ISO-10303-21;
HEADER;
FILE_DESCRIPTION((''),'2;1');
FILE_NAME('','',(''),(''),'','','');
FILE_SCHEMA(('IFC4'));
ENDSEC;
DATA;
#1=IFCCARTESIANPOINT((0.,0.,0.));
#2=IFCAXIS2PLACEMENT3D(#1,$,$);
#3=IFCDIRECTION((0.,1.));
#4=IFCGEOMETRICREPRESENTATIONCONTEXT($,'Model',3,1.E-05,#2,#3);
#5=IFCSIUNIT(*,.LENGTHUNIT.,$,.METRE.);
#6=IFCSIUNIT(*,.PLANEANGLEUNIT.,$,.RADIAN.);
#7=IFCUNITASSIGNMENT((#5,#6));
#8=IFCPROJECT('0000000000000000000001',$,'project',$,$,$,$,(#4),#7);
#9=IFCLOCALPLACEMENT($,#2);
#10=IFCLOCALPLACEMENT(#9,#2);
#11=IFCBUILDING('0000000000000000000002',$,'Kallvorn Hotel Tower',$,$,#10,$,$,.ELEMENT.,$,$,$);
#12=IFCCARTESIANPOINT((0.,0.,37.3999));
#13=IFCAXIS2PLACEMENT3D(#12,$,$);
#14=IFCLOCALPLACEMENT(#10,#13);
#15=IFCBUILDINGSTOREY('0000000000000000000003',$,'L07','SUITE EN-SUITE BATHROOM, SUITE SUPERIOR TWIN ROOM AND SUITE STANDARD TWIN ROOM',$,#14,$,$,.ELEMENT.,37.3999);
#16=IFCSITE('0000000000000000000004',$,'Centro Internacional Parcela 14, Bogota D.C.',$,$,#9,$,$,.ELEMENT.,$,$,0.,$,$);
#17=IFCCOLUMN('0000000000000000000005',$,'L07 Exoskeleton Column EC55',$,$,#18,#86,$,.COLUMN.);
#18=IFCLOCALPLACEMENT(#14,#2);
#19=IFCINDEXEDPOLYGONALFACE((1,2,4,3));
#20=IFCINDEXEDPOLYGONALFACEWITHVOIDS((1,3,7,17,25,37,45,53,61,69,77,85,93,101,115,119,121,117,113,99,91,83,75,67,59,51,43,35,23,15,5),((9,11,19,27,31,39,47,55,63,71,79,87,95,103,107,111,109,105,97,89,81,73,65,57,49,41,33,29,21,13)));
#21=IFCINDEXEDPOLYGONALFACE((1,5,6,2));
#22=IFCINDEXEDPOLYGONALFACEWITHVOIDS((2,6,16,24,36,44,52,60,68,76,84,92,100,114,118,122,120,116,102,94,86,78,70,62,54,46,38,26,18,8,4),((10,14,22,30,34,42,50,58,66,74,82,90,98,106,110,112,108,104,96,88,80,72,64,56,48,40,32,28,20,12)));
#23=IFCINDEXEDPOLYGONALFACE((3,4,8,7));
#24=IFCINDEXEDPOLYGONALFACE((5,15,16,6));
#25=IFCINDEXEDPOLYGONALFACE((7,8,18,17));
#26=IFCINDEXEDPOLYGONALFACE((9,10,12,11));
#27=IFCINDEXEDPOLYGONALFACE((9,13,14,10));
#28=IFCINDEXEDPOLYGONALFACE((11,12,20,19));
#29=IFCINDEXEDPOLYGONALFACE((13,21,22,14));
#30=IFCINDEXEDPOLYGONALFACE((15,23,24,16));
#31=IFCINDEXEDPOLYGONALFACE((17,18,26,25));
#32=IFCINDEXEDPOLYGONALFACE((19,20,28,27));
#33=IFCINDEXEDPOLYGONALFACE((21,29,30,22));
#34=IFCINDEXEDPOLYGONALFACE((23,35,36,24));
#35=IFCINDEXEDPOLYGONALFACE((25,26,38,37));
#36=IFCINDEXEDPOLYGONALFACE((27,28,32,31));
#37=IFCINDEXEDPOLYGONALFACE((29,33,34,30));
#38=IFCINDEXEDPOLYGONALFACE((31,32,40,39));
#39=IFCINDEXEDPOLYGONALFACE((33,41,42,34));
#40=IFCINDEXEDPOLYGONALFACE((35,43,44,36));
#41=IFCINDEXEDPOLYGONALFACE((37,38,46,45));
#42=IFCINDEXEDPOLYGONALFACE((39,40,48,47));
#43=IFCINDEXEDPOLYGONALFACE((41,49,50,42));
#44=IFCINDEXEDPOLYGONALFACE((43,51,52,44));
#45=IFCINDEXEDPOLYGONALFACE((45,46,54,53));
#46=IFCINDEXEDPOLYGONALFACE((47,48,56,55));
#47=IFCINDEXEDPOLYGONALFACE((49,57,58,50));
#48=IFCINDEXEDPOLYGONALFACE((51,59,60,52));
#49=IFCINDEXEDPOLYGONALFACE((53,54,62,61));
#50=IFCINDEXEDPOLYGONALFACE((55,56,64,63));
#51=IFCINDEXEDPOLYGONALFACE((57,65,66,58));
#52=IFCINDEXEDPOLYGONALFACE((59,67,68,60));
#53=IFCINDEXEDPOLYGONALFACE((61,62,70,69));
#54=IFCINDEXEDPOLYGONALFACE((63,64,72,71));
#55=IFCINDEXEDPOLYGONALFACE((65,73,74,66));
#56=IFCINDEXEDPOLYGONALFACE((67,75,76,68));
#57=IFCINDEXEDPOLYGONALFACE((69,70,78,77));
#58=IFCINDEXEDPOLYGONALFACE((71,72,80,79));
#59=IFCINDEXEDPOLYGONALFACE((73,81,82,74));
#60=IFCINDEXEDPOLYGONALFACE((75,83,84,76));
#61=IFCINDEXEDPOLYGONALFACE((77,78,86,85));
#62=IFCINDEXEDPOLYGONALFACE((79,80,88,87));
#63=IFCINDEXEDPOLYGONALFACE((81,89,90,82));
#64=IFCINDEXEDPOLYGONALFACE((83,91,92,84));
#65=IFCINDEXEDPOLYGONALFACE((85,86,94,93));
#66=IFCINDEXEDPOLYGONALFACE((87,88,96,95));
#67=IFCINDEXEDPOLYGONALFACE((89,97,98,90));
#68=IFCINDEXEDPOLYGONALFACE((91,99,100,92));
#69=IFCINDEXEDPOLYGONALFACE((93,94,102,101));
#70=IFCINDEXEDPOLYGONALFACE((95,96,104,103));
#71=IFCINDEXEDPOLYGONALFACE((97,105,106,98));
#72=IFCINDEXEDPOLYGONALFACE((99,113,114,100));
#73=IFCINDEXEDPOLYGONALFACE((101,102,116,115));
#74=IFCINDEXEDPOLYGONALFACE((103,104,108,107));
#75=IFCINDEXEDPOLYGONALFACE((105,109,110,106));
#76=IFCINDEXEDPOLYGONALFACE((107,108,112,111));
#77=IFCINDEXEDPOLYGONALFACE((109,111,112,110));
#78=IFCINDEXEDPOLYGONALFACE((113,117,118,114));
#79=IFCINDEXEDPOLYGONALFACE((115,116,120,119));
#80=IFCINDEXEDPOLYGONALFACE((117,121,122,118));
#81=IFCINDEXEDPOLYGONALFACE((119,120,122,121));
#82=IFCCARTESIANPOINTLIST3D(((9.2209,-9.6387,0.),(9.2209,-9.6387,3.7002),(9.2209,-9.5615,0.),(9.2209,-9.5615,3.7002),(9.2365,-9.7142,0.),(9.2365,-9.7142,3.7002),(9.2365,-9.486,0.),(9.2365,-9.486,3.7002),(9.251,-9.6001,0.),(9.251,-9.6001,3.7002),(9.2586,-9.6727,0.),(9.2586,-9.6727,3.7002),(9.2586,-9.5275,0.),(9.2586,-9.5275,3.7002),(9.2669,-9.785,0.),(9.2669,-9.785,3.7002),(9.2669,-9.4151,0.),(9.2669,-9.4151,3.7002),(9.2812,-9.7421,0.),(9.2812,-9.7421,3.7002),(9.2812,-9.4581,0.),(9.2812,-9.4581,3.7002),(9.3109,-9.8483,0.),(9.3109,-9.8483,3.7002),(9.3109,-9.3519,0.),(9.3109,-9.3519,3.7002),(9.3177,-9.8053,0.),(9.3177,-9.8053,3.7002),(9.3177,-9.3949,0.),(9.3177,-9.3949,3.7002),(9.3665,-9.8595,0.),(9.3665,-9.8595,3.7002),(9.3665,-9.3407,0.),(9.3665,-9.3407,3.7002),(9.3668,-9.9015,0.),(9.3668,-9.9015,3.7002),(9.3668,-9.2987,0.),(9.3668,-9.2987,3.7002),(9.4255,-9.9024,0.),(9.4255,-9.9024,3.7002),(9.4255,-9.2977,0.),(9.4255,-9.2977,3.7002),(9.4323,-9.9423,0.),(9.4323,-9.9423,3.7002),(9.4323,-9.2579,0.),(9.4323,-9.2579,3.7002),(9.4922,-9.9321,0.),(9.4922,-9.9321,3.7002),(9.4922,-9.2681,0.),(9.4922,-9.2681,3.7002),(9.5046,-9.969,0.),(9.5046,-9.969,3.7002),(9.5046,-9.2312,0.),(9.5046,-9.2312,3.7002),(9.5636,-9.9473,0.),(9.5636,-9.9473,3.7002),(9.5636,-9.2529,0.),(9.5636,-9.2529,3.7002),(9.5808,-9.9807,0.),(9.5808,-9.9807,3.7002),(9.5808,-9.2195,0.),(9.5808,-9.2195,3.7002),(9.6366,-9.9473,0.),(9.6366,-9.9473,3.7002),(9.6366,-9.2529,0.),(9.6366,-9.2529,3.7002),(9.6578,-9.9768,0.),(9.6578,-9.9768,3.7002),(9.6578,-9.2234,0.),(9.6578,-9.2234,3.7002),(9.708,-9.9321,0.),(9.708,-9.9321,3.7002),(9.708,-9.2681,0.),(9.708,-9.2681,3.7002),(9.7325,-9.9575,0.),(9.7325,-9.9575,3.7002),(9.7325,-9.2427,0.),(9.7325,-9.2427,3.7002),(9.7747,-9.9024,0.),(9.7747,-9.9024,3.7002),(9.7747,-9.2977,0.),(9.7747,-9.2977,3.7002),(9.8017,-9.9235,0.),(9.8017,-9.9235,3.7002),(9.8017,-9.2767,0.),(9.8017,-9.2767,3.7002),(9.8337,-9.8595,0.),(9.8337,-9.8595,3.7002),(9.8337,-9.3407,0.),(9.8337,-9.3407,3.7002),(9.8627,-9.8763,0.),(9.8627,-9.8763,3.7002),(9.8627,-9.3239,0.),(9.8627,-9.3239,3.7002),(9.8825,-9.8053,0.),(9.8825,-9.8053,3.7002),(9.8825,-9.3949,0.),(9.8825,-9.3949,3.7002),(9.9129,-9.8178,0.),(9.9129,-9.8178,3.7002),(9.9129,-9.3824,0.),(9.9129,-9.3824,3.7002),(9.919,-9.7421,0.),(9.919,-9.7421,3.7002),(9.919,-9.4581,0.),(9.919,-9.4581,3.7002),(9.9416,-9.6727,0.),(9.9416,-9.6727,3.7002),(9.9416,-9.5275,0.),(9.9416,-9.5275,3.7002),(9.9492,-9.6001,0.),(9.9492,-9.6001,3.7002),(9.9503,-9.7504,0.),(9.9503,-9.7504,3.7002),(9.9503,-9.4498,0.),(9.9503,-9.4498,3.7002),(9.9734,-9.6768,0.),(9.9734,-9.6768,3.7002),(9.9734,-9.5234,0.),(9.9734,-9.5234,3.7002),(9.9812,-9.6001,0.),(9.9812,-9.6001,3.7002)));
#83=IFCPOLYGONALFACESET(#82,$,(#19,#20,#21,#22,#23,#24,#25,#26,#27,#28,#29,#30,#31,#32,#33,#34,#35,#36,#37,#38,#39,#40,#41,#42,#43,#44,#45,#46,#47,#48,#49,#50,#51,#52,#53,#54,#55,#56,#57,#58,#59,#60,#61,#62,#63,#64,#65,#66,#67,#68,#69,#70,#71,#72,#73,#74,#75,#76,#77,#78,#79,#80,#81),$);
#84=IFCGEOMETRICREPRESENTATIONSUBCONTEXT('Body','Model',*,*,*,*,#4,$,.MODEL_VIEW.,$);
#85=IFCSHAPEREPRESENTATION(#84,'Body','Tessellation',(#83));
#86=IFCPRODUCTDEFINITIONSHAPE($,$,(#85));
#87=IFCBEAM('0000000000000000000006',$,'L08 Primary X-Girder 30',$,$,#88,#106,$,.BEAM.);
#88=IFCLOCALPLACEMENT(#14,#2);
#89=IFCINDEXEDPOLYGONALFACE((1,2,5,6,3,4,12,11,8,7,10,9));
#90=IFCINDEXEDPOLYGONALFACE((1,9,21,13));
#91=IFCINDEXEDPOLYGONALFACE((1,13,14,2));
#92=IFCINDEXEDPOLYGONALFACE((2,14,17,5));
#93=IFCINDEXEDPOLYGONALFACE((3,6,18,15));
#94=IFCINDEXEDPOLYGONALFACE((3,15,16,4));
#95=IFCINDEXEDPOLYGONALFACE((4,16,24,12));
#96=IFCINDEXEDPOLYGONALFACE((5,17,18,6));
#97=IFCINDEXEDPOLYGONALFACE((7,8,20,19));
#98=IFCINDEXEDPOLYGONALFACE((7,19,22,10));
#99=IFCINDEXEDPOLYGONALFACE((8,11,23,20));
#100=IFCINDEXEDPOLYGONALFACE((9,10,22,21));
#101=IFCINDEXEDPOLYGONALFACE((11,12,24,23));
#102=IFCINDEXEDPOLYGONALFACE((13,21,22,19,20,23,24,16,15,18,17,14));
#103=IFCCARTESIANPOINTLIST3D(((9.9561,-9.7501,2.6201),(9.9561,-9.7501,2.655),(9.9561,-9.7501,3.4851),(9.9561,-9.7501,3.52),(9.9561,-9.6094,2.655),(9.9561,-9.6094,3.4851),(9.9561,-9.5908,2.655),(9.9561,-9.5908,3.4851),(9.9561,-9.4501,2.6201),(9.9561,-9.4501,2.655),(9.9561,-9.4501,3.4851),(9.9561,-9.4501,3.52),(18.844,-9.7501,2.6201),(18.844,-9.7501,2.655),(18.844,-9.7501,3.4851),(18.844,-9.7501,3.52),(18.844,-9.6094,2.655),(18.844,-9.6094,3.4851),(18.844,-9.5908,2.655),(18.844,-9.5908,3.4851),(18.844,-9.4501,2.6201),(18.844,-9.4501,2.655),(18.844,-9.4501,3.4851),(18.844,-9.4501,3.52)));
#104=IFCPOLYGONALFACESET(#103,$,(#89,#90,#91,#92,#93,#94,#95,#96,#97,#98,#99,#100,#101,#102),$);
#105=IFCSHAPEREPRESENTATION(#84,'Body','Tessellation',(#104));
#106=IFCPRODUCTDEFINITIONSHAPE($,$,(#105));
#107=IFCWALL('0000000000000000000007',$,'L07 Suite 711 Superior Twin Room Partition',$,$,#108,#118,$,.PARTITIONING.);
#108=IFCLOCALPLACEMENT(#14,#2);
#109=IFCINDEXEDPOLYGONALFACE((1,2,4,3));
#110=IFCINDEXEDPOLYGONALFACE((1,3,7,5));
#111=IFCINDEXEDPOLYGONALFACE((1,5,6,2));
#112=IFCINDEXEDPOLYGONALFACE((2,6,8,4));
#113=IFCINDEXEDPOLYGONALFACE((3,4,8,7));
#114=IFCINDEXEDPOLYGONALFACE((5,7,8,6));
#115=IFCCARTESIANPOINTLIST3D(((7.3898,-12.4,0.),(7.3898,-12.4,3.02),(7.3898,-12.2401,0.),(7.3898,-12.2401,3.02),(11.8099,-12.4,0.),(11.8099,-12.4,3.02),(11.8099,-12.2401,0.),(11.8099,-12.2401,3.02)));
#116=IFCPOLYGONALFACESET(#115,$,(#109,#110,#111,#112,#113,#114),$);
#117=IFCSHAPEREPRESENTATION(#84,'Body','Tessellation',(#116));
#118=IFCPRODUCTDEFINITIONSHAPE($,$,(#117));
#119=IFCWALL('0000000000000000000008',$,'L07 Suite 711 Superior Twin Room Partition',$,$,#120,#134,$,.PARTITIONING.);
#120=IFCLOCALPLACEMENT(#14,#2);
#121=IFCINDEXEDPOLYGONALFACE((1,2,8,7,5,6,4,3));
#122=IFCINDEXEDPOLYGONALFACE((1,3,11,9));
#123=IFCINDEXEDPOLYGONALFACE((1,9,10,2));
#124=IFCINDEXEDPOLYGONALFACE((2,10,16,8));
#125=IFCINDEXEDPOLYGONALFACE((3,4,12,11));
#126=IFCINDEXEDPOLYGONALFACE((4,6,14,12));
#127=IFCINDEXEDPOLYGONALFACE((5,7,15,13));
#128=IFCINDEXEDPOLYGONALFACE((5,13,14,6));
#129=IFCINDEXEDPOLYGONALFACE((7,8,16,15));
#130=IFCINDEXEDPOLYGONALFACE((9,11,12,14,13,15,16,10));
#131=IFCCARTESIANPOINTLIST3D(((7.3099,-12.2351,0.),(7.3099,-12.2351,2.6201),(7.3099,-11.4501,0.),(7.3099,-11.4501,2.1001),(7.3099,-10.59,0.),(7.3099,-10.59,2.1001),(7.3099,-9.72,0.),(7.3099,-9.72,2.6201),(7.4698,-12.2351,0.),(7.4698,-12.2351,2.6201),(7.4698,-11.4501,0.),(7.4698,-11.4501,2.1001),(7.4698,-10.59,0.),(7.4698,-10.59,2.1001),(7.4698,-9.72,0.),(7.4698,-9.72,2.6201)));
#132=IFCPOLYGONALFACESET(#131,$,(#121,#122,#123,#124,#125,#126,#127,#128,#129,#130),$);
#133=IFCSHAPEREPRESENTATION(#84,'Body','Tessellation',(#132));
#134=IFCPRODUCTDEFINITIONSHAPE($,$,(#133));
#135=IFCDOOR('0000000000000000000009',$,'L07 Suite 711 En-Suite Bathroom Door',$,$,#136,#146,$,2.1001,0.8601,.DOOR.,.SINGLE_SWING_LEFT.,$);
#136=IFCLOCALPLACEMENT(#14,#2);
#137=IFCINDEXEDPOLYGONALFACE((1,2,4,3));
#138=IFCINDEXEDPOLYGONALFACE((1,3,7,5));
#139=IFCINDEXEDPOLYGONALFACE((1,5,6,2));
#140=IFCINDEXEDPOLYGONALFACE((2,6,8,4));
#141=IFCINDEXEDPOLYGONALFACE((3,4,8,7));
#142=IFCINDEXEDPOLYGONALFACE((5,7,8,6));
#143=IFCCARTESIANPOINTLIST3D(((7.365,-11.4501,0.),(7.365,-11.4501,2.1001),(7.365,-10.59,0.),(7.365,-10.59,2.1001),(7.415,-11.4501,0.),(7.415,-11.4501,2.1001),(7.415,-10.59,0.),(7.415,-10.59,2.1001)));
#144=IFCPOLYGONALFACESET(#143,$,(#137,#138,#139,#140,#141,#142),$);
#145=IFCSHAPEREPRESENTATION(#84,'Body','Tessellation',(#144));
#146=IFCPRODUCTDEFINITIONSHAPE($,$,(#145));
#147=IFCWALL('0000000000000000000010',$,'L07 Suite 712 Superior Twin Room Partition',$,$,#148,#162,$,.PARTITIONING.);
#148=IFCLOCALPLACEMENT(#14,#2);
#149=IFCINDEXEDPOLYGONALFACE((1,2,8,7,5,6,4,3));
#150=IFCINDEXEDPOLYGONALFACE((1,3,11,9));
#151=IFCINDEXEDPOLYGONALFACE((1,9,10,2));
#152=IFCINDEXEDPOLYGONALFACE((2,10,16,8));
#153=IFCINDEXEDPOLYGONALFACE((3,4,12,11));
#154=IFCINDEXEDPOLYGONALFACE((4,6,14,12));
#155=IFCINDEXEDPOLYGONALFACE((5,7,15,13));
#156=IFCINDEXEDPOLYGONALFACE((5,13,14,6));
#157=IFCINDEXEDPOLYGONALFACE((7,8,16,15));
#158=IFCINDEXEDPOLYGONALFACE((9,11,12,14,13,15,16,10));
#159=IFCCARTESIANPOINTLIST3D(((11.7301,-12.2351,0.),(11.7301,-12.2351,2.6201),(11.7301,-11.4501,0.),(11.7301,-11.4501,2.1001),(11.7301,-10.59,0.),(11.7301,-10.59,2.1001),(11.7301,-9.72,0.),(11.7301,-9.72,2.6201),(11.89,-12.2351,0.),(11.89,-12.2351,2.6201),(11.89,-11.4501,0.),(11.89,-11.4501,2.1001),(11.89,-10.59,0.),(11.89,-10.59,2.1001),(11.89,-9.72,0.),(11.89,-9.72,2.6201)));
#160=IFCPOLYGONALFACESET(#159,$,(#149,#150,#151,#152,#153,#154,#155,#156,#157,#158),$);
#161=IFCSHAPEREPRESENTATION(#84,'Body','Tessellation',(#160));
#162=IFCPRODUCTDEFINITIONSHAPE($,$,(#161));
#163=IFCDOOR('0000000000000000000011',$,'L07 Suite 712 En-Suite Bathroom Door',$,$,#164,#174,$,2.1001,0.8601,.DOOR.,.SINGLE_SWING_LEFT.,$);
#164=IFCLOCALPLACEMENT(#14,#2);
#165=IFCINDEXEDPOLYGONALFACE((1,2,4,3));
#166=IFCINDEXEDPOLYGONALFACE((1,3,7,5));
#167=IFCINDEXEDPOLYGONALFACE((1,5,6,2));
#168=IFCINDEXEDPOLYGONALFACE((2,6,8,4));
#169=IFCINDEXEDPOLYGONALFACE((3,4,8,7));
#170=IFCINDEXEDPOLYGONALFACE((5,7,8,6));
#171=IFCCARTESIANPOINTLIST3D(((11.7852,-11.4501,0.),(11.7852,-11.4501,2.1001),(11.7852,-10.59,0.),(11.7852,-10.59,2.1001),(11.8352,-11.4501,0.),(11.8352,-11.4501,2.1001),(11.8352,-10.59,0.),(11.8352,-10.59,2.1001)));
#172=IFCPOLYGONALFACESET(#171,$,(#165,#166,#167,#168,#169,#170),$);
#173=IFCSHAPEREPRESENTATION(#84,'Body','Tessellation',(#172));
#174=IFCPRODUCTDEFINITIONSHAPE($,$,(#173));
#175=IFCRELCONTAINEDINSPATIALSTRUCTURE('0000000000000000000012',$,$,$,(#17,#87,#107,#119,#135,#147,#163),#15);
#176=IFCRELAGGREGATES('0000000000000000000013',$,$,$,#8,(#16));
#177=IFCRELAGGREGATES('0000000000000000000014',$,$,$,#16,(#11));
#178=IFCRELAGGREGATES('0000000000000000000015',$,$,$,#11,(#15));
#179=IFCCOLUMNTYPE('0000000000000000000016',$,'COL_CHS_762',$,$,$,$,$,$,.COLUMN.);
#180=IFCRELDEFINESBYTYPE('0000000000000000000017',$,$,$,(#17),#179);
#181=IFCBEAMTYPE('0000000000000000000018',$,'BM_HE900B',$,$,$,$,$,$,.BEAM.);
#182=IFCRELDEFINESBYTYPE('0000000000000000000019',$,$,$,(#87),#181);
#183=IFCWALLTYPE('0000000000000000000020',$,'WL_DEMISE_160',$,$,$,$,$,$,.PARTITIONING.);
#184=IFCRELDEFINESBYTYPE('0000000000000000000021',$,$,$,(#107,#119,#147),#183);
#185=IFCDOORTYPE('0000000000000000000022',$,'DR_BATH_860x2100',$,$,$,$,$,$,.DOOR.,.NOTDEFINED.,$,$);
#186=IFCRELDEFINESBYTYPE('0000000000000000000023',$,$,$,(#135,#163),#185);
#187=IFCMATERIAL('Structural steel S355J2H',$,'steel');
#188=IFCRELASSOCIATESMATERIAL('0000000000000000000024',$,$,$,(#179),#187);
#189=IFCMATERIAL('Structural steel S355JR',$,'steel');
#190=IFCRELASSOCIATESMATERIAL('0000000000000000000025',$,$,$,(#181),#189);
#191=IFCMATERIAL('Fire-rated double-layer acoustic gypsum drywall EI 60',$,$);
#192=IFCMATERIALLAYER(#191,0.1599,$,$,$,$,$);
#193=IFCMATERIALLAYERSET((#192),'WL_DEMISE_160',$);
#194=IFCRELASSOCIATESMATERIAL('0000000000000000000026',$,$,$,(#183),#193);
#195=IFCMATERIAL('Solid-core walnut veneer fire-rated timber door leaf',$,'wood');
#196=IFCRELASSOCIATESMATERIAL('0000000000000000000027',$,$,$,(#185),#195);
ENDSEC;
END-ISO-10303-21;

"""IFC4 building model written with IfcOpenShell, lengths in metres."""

from ifc_helpers import new_model, si_unit, direction, frame, frame_2d, origin, origin_2d, place, context, subcontext, project, spatial, rectangle, hollow_circle, i_section, extrude, material, layer, layer_set, material_profile, profile_set, type_object, element, fill, save


model = new_model("IFC4")

# Units and contexts
model_context = context("Model", 3, precision=1e-05, world=origin(), true_north=direction((0.0, 1.0)))
body_context = subcontext(model_context, "Body", "Model", "MODEL_VIEW")
ifc_project = project(units=[si_unit("LENGTHUNIT", "METRE"), si_unit("PLANEANGLEUNIT", "RADIAN")], contexts=[model_context])

# Site, building, storey
site_placement = place(None, origin())
site = spatial("IfcSite", under=ifc_project, at=site_placement, Name="Centro Internacional Parcela 14, Bogota D.C.", CompositionType="ELEMENT", RefElevation=0.0)
building_placement = place(site_placement, origin())
building = spatial("IfcBuilding", under=site, at=building_placement, Name="Kallvorn Hotel Tower", CompositionType="ELEMENT")
storey_placement = place(building_placement, frame((0.0, 0.0, 37.3999)))
storey = spatial("IfcBuildingStorey", under=building, at=storey_placement, Name="L07", Description="SUITE EN-SUITE BATHROOM, SUITE SUPERIOR TWIN ROOM AND SUITE STANDARD TWIN ROOM", CompositionType="ELEMENT", Elevation=37.3999)

# Column
ifc_material_1 = material(Name="Structural steel S355J2H", Category="steel")
ifc_material_profile_1 = material_profile(ifc_material_1, hollow_circle(Radius=0.3811, WallThickness=0.032, at=origin_2d()), Name="CHS 762x32")
ifc_profile_set_1 = profile_set([ifc_material_profile_1], Name="Structural steel S355J2H")
column_type = type_object("IfcColumnType", Name="COL_CHS_762", PredefinedType="COLUMN", material=ifc_profile_set_1)
column_placement = place(storey_placement, frame((9.6001, -9.6001, 0.0), z_axis=(0.0, 0.0, 1.0), x_axis=(1.0, 0.0, 0.0)))
element("IfcColumn", 1, at=column_placement, inside=storey, type_object=column_type, Name="L07 Exoskeleton Column EC55", PredefinedType="COLUMN", context=body_context, shape_type="SweptSolid", body=[
    extrude(hollow_circle(Radius=0.3811, WallThickness=0.032, at=origin_2d()), origin(), (0.0, 0.0, 1.0), 3.7002),
])

# Beam
ifc_material_2 = material(Name="Structural steel S355JR", Category="steel")
ifc_material_profile_2 = material_profile(ifc_material_2, i_section(OverallWidth=0.3, OverallDepth=0.8999, WebThickness=0.0186, FlangeThickness=0.0349, at=origin_2d()), Name="HE 900 B")
ifc_profile_set_2 = profile_set([ifc_material_profile_2], Name="Structural steel S355JR")
beam_type = type_object("IfcBeamType", Name="BM_HE900B", PredefinedType="BEAM", material=ifc_profile_set_2)
beam_placement = place(storey_placement, frame((9.9561, -9.6001, 3.0701), z_axis=(1.0, 0.0, 0.0), x_axis=(0.0, 1.0, 0.0)))
element("IfcBeam", 2, at=beam_placement, inside=storey, type_object=beam_type, Name="L08 Primary X-Girder 30", PredefinedType="BEAM", context=body_context, shape_type="SweptSolid", body=[
    extrude(i_section(OverallWidth=0.3, OverallDepth=0.8999, WebThickness=0.0186, FlangeThickness=0.0349, at=origin_2d()), origin(), (0.0, 0.0, 1.0), 8.8879),
])

# Wall
ifc_material_3 = material(Name="Fire-rated double-layer acoustic gypsum drywall EI 60")
ifc_layer_1 = layer(ifc_material_3, 0.1599)
ifc_layer_set_1 = layer_set([ifc_layer_1], Name="WL_DEMISE_160")
wall_type_1 = type_object("IfcWallType", Name="WL_DEMISE_160", PredefinedType="PARTITIONING", material=ifc_layer_set_1)
wall_1_placement = place(storey_placement, frame((7.3899, -12.3201, 0.0), z_axis=(0.0, 0.0, 1.0), x_axis=(1.0, 0.0, 0.0)))
element("IfcWall", 3, at=wall_1_placement, inside=storey, type_object=wall_type_1, Name="L07 Suite 711 Superior Twin Room Partition", PredefinedType="PARTITIONING", context=body_context, shape_type="SweptSolid", body=[
    extrude(rectangle(XDim=4.4202, YDim=0.1599, at=frame_2d((2.21, 0.0))), origin(), (0.0, 0.0, 1.0), 3.02),
])

# Walls, openings, doors
wall_2_placement = place(storey_placement, frame((7.3899, -12.2351, 0.0), z_axis=(0.0, 0.0, 1.0), x_axis=(0.0, 1.0, 0.0)))
wall_2 = element("IfcWall", 4, at=wall_2_placement, inside=storey, type_object=wall_type_1, Name="L07 Suite 711 Superior Twin Room Partition", PredefinedType="PARTITIONING", context=body_context, shape_type="SweptSolid", body=[
    extrude(rectangle(XDim=2.5151, YDim=0.1599, at=frame_2d((1.2576, 0.0))), origin(), (0.0, 0.0, 1.0), 2.6201),
])
opening_1_placement = place(wall_2_placement, frame((0.7849, 0.0, 0.0)))
opening_1 = element("IfcOpeningElement", 5, at=opening_1_placement, cuts=wall_2, PredefinedType="OPENING", context=body_context, shape_type="SweptSolid", body=[
    extrude(rectangle(XDim=0.8601, YDim=2.1001, at=frame_2d((0.4302, 1.05))), frame((0.0, 0.095, 0.0), z_axis=(0.0, -1.0, 0.0), x_axis=(1.0, 0.0, 0.0)), (0.0, 0.0, 1.0), 0.1899),
])
ifc_material_4 = material(Name="Solid-core walnut veneer fire-rated timber door leaf", Category="wood")
door_type_1 = type_object("IfcDoorType", Name="DR_BATH_860x2100", OperationType="NOTDEFINED", PredefinedType="DOOR", material=ifc_material_4)
door_1_placement = place(opening_1_placement, origin())
door_1 = element("IfcDoor", 6, at=door_1_placement, inside=storey, type_object=door_type_1, Name="L07 Suite 711 En-Suite Bathroom Door", OperationType="SINGLE_SWING_LEFT", OverallHeight=2.1001, OverallWidth=0.8601, PredefinedType="DOOR", context=body_context, shape_type="SweptSolid", body=[
    extrude(rectangle(XDim=0.8601, YDim=2.1001, at=frame_2d((0.4302, 1.05))), frame((0.0, 0.0249, 0.0), z_axis=(0.0, -1.0, 0.0), x_axis=(1.0, 0.0, 0.0)), (0.0, 0.0, 1.0), 0.05),
])
fill(opening_1, door_1)
wall_3_placement = place(storey_placement, frame((11.8101, -12.2351, 0.0), z_axis=(0.0, 0.0, 1.0), x_axis=(0.0, 1.0, 0.0)))
wall_3 = element("IfcWall", 7, at=wall_3_placement, inside=storey, type_object=wall_type_1, Name="L07 Suite 712 Superior Twin Room Partition", PredefinedType="PARTITIONING", context=body_context, shape_type="SweptSolid", body=[
    extrude(rectangle(XDim=2.5151, YDim=0.1599, at=frame_2d((1.2576, 0.0))), origin(), (0.0, 0.0, 1.0), 2.6201),
])
opening_2_placement = place(wall_3_placement, frame((0.7849, 0.0, 0.0)))
opening_2 = element("IfcOpeningElement", 8, at=opening_2_placement, cuts=wall_3, PredefinedType="OPENING", context=body_context, shape_type="SweptSolid", body=[
    extrude(rectangle(XDim=0.8601, YDim=2.1001, at=frame_2d((0.4302, 1.05))), frame((0.0, 0.095, 0.0), z_axis=(0.0, -1.0, 0.0), x_axis=(1.0, 0.0, 0.0)), (0.0, 0.0, 1.0), 0.1899),
])
door_2_placement = place(opening_2_placement, origin())
door_2 = element("IfcDoor", 9, at=door_2_placement, inside=storey, type_object=door_type_1, Name="L07 Suite 712 En-Suite Bathroom Door", OperationType="SINGLE_SWING_LEFT", OverallHeight=2.1001, OverallWidth=0.8601, PredefinedType="DOOR", context=body_context, shape_type="SweptSolid", body=[
    extrude(rectangle(XDim=0.8601, YDim=2.1001, at=frame_2d((0.4302, 1.05))), frame((0.0, 0.0249, 0.0), z_axis=(0.0, -1.0, 0.0), x_axis=(1.0, 0.0, 0.0)), (0.0, 0.0, 1.0), 0.05),
])
fill(opening_2, door_2)

save(model, "model.ifc")
